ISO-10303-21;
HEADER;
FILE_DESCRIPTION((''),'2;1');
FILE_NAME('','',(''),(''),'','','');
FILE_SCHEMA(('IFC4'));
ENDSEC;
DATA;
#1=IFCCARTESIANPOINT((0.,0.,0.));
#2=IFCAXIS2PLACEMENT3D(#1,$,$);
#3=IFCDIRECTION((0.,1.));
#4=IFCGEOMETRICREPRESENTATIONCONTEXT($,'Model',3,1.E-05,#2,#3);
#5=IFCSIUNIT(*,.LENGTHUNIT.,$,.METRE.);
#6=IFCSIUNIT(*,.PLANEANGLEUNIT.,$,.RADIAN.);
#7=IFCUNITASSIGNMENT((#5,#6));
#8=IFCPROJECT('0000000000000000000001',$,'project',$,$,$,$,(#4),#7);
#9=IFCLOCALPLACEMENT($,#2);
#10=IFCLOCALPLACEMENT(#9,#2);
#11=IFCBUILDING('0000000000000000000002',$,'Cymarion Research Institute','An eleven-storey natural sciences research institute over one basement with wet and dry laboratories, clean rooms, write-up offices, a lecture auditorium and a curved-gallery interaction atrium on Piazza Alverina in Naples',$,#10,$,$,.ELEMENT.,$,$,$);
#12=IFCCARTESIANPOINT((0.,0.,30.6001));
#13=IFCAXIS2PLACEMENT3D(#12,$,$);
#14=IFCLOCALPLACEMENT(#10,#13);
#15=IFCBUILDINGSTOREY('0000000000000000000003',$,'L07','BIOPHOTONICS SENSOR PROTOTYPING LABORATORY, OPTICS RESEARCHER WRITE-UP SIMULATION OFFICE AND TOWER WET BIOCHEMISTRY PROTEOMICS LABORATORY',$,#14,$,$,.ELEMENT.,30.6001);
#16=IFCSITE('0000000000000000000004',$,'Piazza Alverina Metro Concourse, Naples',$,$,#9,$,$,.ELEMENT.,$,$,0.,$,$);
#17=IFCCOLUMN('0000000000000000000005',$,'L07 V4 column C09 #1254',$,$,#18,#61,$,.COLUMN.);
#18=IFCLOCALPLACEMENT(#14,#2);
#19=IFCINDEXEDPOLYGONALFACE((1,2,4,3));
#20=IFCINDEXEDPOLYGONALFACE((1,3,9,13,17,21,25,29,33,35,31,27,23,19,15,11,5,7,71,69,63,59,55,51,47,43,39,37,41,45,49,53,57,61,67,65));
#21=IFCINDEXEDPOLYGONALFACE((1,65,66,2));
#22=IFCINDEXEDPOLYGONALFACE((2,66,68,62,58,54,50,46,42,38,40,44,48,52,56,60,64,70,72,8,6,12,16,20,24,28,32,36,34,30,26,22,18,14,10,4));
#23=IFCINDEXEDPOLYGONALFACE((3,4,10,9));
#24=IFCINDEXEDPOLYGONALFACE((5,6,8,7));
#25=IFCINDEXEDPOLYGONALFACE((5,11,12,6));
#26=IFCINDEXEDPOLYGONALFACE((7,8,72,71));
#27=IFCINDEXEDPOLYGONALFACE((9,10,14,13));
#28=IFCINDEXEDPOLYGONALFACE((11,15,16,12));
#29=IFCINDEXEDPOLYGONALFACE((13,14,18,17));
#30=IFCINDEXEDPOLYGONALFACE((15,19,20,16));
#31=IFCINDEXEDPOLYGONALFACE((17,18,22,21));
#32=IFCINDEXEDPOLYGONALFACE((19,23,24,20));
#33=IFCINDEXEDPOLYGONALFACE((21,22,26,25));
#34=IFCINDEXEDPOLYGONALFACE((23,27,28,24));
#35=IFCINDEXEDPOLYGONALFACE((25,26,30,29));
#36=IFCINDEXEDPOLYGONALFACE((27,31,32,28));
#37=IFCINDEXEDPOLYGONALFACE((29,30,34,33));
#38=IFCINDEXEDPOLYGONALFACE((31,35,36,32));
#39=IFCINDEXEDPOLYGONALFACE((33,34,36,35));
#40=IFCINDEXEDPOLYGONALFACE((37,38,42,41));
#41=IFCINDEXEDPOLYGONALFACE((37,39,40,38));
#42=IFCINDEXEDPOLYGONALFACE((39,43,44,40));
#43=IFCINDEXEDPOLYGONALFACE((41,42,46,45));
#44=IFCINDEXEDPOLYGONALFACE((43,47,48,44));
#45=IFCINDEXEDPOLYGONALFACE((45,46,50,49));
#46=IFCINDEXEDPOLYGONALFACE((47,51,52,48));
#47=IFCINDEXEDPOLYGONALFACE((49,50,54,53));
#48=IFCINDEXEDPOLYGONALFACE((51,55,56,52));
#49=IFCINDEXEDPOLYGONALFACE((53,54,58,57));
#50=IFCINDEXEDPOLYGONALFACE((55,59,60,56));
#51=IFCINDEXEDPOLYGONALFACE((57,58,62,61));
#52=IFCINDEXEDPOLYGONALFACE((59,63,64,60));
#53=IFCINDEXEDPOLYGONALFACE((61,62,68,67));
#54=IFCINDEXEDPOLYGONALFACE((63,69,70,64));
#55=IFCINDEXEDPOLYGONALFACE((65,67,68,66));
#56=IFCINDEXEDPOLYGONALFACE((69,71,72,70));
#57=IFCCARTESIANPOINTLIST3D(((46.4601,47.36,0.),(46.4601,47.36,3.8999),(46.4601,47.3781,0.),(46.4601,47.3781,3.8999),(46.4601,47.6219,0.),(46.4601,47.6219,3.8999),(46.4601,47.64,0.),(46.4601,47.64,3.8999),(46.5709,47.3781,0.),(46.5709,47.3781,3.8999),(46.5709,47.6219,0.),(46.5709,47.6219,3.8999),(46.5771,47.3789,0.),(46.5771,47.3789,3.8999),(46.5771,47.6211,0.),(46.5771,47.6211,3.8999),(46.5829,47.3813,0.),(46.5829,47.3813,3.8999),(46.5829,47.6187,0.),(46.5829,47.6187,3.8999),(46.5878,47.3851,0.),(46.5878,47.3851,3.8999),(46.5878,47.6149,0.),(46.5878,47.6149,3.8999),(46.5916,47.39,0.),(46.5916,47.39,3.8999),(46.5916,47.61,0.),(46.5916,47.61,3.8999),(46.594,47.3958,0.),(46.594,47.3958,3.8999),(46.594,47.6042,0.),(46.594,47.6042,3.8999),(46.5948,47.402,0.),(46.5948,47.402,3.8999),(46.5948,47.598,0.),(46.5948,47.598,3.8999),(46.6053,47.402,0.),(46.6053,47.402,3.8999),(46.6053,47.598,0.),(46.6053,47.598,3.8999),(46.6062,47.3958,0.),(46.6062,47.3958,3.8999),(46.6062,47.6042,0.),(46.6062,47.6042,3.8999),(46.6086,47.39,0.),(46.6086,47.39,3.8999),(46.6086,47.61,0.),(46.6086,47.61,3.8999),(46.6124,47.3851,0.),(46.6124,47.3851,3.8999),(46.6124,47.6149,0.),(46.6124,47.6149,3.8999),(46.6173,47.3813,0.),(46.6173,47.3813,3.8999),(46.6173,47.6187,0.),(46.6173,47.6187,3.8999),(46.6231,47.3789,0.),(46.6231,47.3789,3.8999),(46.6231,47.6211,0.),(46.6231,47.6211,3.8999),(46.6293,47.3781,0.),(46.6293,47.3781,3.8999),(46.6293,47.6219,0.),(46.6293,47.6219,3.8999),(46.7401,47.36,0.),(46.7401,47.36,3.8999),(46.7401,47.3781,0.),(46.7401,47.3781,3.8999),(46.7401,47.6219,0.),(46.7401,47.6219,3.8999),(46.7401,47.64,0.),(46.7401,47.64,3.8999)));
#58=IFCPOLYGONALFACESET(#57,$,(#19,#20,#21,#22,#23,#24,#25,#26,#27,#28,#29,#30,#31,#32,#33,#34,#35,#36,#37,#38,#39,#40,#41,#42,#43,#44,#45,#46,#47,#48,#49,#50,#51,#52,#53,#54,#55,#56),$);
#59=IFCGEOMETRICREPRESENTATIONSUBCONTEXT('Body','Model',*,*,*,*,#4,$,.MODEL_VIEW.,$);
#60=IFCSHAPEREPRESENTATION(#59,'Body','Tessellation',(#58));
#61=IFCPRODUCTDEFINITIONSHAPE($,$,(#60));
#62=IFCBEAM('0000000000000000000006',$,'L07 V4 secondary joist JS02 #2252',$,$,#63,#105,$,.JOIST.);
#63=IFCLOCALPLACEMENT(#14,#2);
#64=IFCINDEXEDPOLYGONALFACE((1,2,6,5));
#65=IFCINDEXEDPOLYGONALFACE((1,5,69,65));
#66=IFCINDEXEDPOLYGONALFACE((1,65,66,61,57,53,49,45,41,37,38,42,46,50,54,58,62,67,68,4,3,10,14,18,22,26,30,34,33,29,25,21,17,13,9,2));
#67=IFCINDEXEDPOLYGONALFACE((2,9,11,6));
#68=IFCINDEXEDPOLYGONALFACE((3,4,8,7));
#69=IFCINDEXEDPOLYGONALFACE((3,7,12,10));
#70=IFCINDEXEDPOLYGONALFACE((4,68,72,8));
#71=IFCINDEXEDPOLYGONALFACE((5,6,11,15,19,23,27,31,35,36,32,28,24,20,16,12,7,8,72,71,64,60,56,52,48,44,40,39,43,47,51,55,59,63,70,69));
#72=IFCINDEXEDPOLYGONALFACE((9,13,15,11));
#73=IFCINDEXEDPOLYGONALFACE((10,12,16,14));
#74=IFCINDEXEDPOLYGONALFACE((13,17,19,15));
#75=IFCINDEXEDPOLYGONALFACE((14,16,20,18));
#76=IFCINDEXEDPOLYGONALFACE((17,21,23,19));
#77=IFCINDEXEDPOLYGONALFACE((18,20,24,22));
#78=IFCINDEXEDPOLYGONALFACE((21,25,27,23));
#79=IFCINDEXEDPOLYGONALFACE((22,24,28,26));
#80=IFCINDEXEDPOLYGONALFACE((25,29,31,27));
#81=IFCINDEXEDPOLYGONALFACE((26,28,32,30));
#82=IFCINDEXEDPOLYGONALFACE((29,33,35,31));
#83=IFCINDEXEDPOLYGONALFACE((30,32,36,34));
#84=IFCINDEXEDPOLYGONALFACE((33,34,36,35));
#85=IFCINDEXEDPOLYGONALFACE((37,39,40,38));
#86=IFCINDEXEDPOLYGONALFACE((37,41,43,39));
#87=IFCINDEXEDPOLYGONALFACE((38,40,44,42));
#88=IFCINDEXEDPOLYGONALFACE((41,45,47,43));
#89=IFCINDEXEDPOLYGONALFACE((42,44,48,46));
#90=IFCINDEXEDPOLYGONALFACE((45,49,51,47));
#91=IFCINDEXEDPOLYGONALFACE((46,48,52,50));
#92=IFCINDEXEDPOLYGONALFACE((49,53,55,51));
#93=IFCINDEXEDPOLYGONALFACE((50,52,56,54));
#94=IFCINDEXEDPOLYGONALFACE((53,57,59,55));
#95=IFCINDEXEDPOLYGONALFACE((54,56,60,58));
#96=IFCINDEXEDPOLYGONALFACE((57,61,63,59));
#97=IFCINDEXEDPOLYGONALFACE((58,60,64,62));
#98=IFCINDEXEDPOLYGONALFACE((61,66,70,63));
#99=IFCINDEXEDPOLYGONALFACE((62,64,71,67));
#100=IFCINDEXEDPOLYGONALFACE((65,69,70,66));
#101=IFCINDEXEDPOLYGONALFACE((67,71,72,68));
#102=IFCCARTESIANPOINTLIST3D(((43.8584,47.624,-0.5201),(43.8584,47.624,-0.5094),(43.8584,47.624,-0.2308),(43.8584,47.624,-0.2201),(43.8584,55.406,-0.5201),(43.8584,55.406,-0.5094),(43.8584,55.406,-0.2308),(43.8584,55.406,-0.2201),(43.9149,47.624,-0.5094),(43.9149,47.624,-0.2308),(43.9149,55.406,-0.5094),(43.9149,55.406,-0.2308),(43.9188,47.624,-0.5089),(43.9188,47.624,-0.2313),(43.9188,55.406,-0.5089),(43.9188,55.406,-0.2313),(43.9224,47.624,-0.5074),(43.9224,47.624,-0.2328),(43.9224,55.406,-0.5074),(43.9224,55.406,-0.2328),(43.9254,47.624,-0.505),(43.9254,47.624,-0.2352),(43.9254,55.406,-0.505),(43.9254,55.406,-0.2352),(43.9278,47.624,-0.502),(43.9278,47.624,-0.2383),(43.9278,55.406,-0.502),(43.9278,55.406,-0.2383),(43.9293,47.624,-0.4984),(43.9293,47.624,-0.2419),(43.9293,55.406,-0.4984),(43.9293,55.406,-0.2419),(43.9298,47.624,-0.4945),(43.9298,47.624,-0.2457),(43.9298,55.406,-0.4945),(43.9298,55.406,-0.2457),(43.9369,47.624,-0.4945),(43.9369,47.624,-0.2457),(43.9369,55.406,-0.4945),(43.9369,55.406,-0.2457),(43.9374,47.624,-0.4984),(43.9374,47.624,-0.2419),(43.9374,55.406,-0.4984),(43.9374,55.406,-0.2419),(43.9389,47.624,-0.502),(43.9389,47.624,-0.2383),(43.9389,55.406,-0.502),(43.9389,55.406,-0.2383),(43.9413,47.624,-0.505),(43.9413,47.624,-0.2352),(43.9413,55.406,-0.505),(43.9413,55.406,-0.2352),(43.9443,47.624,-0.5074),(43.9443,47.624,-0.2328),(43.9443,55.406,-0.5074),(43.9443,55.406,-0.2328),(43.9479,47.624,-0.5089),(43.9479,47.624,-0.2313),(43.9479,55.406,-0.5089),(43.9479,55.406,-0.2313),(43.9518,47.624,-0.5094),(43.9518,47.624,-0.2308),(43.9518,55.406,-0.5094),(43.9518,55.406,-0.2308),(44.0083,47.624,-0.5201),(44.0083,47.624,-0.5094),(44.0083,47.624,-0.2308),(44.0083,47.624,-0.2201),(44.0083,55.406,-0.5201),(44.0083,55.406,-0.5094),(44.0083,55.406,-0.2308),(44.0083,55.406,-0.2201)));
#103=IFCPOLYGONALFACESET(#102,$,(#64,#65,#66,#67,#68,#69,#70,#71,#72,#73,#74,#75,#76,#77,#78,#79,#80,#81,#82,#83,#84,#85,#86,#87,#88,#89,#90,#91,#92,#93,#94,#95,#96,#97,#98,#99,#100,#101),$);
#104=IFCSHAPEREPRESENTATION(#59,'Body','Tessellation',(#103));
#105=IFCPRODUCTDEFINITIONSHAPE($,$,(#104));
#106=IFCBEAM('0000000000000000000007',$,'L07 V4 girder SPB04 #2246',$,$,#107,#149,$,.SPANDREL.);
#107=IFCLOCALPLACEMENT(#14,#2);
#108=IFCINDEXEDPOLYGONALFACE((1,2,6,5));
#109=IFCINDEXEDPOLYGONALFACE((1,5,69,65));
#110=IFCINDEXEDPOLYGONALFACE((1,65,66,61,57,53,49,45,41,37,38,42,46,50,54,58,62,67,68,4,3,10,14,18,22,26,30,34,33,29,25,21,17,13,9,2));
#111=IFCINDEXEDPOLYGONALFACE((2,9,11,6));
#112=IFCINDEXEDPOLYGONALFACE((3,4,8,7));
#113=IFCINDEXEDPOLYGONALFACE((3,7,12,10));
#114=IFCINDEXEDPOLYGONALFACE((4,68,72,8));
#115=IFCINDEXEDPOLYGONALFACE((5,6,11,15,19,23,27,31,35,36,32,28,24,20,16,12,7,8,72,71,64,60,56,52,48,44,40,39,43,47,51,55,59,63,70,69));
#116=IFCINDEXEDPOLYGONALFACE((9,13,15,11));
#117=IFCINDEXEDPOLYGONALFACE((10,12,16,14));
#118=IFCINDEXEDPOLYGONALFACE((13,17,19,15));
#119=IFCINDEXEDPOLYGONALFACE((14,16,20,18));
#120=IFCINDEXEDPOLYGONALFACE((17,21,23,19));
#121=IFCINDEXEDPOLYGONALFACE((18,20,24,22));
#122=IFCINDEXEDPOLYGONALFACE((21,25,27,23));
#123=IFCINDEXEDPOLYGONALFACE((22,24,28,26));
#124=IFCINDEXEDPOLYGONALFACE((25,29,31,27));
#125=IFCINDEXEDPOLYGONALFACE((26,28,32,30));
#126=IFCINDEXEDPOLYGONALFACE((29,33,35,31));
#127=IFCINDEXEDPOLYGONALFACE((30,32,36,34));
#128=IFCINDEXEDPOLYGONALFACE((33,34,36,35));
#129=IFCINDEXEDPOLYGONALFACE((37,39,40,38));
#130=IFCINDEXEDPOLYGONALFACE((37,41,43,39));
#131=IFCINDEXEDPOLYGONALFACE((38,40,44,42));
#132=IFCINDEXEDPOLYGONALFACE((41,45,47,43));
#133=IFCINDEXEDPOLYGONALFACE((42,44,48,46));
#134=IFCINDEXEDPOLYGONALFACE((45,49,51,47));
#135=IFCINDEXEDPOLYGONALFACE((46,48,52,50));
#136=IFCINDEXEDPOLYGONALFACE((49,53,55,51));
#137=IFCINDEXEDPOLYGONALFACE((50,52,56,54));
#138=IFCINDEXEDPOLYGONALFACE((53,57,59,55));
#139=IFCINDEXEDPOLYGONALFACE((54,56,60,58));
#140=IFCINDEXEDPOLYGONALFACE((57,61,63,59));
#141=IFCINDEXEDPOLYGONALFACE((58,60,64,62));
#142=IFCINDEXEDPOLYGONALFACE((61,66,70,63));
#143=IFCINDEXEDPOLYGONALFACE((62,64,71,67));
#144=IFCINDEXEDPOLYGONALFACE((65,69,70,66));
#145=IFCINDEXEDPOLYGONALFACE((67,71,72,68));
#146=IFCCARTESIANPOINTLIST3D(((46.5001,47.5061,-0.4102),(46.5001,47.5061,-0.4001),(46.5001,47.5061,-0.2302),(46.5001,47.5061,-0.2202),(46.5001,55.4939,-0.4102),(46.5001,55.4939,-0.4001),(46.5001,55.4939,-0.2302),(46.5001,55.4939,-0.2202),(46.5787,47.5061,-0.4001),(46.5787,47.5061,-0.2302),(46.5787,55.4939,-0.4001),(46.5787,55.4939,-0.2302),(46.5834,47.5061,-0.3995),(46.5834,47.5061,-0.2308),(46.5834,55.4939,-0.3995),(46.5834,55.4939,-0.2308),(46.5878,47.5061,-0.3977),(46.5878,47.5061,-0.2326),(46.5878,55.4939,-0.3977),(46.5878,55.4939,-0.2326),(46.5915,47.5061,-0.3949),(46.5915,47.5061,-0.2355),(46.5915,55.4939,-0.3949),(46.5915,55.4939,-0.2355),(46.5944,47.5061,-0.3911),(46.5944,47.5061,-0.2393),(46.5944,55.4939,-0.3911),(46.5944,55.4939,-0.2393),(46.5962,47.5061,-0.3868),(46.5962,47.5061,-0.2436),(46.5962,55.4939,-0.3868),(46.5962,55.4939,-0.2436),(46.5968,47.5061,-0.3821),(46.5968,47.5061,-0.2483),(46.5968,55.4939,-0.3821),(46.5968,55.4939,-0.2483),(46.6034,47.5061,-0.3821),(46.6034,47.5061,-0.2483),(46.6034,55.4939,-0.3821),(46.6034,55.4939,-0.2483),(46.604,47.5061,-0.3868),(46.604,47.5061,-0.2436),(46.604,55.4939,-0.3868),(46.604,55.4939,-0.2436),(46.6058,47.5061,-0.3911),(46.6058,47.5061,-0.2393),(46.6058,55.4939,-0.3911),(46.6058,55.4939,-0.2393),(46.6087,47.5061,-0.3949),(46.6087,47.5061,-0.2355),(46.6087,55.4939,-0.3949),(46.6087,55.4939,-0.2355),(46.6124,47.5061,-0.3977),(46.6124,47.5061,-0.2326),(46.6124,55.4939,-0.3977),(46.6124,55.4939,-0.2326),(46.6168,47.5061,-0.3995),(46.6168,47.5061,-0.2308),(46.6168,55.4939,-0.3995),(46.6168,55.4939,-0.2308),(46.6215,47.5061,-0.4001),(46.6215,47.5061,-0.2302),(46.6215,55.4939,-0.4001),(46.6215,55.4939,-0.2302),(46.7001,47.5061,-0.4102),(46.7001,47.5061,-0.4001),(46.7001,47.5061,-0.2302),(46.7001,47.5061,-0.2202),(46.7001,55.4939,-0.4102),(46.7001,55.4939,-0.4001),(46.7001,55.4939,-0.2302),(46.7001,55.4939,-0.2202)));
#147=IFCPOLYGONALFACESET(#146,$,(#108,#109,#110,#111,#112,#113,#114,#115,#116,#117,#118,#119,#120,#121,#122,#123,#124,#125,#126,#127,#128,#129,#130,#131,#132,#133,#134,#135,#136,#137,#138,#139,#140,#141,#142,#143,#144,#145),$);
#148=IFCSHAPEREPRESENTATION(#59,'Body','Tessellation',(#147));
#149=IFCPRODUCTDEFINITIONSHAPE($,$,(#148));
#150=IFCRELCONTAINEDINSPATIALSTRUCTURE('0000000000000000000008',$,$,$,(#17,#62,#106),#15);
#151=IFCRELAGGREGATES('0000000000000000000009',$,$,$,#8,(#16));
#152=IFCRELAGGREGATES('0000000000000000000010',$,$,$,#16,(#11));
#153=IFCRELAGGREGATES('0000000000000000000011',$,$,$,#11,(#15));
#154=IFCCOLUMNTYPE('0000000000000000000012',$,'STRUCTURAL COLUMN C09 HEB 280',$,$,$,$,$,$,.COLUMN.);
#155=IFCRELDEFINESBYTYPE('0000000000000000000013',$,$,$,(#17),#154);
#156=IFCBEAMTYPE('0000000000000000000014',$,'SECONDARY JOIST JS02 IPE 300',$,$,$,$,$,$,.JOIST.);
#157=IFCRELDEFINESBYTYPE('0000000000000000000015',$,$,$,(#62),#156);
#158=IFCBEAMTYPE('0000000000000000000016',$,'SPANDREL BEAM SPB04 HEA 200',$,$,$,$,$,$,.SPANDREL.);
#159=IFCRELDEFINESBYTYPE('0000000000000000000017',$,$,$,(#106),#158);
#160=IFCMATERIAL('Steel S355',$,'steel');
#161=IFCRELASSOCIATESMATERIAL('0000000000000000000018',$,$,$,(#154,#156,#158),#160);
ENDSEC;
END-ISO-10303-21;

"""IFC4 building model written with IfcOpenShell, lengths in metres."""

from ifc_helpers import new_model, si_unit, direction, frame, origin, origin_2d, place, context, subcontext, project, spatial, i_section, extrude, material, material_profile, profile_set, type_object, element, save


model = new_model("IFC4")

# Units and contexts
model_context = context("Model", 3, precision=1e-05, world=origin(), true_north=direction((0.0, 1.0)))
body_context = subcontext(model_context, "Body", "Model", "MODEL_VIEW")
ifc_project = project(units=[si_unit("LENGTHUNIT", "METRE"), si_unit("PLANEANGLEUNIT", "RADIAN")], contexts=[model_context])

# Site, building, storey
site_placement = place(None, origin())
site = spatial("IfcSite", under=ifc_project, at=site_placement, Name="Piazza Alverina Metro Concourse, Naples", CompositionType="ELEMENT", RefElevation=0.0)
building_placement = place(site_placement, origin())
building = spatial("IfcBuilding", under=site, at=building_placement, Name="Cymarion Research Institute", Description="An eleven-storey natural sciences research institute over one basement with wet and dry laboratories, clean rooms, write-up offices, a lecture auditorium and a curved-gallery interaction atrium on Piazza Alverina in Naples", CompositionType="ELEMENT")
storey_placement = place(building_placement, frame((0.0, 0.0, 30.6001)))
storey = spatial("IfcBuildingStorey", under=building, at=storey_placement, Name="L07", Description="BIOPHOTONICS SENSOR PROTOTYPING LABORATORY, OPTICS RESEARCHER WRITE-UP SIMULATION OFFICE AND TOWER WET BIOCHEMISTRY PROTEOMICS LABORATORY", CompositionType="ELEMENT", Elevation=30.6001)

# Column
ifc_material_1 = material(Name="Steel S355", Category="steel")
ifc_material_profile_1 = material_profile(ifc_material_1, i_section(OverallWidth=0.28, OverallDepth=0.28, WebThickness=0.0105, FlangeThickness=0.0181, FilletRadius=0.0239, at=origin_2d()), Name="HEB 280")
ifc_profile_set_1 = profile_set([ifc_material_profile_1], Name="Steel S355")
column_type = type_object("IfcColumnType", Name="STRUCTURAL COLUMN C09 HEB 280", PredefinedType="COLUMN", material=ifc_profile_set_1)
column_placement = place(storey_placement, frame((46.6001, 47.5, 0.0), z_axis=(0.0, 0.0, 1.0), x_axis=(1.0, 0.0, 0.0)))
element("IfcColumn", 1, at=column_placement, inside=storey, type_object=column_type, Name="L07 V4 column C09 #1254", PredefinedType="COLUMN", context=body_context, shape_type="SweptSolid", body=[
    extrude(i_section(OverallWidth=0.28, OverallDepth=0.28, WebThickness=0.0105, FlangeThickness=0.0181, FilletRadius=0.0239, at=origin_2d()), origin(), (0.0, 0.0, 1.0), 3.8999),
])

# Beams
ifc_material_profile_2 = material_profile(ifc_material_1, i_section(OverallWidth=0.1499, OverallDepth=0.3, WebThickness=0.0071, FlangeThickness=0.0107, FilletRadius=0.0149, at=origin_2d()), Name="IPE 300")
ifc_profile_set_2 = profile_set([ifc_material_profile_2], Name="Steel S355")
beam_type_1 = type_object("IfcBeamType", Name="SECONDARY JOIST JS02 IPE 300", PredefinedType="JOIST", material=ifc_profile_set_2)
beam_1_placement = place(storey_placement, frame((43.9333, 47.624, -0.3701), z_axis=(0.0, 1.0, 0.0), x_axis=(-1.0, 0.0, 0.0)))
element("IfcBeam", 2, at=beam_1_placement, inside=storey, type_object=beam_type_1, Name="L07 V4 secondary joist JS02 #2252", PredefinedType="JOIST", context=body_context, shape_type="SweptSolid", body=[
    extrude(i_section(OverallWidth=0.1499, OverallDepth=0.3, WebThickness=0.0071, FlangeThickness=0.0107, FilletRadius=0.0149, at=origin_2d()), origin(), (0.0, 0.0, 1.0), 7.782),
])
ifc_material_profile_3 = material_profile(ifc_material_1, i_section(OverallWidth=0.2, OverallDepth=0.1899, WebThickness=0.0066, FlangeThickness=0.01, FilletRadius=0.0181, at=origin_2d()), Name="HEA 200")
ifc_profile_set_3 = profile_set([ifc_material_profile_3], Name="Steel S355")
beam_type_2 = type_object("IfcBeamType", Name="SPANDREL BEAM SPB04 HEA 200", PredefinedType="SPANDREL", material=ifc_profile_set_3)
beam_2_placement = place(storey_placement, frame((46.6001, 47.5061, -0.3152), z_axis=(0.0, 1.0, 0.0), x_axis=(-1.0, 0.0, 0.0)))
element("IfcBeam", 3, at=beam_2_placement, inside=storey, type_object=beam_type_2, Name="L07 V4 girder SPB04 #2246", PredefinedType="SPANDREL", context=body_context, shape_type="SweptSolid", body=[
    extrude(i_section(OverallWidth=0.2, OverallDepth=0.1899, WebThickness=0.0066, FlangeThickness=0.01, FilletRadius=0.0181, at=origin_2d()), origin(), (0.0, 0.0, 1.0), 7.9878),
])

save(model, "model.ifc")
